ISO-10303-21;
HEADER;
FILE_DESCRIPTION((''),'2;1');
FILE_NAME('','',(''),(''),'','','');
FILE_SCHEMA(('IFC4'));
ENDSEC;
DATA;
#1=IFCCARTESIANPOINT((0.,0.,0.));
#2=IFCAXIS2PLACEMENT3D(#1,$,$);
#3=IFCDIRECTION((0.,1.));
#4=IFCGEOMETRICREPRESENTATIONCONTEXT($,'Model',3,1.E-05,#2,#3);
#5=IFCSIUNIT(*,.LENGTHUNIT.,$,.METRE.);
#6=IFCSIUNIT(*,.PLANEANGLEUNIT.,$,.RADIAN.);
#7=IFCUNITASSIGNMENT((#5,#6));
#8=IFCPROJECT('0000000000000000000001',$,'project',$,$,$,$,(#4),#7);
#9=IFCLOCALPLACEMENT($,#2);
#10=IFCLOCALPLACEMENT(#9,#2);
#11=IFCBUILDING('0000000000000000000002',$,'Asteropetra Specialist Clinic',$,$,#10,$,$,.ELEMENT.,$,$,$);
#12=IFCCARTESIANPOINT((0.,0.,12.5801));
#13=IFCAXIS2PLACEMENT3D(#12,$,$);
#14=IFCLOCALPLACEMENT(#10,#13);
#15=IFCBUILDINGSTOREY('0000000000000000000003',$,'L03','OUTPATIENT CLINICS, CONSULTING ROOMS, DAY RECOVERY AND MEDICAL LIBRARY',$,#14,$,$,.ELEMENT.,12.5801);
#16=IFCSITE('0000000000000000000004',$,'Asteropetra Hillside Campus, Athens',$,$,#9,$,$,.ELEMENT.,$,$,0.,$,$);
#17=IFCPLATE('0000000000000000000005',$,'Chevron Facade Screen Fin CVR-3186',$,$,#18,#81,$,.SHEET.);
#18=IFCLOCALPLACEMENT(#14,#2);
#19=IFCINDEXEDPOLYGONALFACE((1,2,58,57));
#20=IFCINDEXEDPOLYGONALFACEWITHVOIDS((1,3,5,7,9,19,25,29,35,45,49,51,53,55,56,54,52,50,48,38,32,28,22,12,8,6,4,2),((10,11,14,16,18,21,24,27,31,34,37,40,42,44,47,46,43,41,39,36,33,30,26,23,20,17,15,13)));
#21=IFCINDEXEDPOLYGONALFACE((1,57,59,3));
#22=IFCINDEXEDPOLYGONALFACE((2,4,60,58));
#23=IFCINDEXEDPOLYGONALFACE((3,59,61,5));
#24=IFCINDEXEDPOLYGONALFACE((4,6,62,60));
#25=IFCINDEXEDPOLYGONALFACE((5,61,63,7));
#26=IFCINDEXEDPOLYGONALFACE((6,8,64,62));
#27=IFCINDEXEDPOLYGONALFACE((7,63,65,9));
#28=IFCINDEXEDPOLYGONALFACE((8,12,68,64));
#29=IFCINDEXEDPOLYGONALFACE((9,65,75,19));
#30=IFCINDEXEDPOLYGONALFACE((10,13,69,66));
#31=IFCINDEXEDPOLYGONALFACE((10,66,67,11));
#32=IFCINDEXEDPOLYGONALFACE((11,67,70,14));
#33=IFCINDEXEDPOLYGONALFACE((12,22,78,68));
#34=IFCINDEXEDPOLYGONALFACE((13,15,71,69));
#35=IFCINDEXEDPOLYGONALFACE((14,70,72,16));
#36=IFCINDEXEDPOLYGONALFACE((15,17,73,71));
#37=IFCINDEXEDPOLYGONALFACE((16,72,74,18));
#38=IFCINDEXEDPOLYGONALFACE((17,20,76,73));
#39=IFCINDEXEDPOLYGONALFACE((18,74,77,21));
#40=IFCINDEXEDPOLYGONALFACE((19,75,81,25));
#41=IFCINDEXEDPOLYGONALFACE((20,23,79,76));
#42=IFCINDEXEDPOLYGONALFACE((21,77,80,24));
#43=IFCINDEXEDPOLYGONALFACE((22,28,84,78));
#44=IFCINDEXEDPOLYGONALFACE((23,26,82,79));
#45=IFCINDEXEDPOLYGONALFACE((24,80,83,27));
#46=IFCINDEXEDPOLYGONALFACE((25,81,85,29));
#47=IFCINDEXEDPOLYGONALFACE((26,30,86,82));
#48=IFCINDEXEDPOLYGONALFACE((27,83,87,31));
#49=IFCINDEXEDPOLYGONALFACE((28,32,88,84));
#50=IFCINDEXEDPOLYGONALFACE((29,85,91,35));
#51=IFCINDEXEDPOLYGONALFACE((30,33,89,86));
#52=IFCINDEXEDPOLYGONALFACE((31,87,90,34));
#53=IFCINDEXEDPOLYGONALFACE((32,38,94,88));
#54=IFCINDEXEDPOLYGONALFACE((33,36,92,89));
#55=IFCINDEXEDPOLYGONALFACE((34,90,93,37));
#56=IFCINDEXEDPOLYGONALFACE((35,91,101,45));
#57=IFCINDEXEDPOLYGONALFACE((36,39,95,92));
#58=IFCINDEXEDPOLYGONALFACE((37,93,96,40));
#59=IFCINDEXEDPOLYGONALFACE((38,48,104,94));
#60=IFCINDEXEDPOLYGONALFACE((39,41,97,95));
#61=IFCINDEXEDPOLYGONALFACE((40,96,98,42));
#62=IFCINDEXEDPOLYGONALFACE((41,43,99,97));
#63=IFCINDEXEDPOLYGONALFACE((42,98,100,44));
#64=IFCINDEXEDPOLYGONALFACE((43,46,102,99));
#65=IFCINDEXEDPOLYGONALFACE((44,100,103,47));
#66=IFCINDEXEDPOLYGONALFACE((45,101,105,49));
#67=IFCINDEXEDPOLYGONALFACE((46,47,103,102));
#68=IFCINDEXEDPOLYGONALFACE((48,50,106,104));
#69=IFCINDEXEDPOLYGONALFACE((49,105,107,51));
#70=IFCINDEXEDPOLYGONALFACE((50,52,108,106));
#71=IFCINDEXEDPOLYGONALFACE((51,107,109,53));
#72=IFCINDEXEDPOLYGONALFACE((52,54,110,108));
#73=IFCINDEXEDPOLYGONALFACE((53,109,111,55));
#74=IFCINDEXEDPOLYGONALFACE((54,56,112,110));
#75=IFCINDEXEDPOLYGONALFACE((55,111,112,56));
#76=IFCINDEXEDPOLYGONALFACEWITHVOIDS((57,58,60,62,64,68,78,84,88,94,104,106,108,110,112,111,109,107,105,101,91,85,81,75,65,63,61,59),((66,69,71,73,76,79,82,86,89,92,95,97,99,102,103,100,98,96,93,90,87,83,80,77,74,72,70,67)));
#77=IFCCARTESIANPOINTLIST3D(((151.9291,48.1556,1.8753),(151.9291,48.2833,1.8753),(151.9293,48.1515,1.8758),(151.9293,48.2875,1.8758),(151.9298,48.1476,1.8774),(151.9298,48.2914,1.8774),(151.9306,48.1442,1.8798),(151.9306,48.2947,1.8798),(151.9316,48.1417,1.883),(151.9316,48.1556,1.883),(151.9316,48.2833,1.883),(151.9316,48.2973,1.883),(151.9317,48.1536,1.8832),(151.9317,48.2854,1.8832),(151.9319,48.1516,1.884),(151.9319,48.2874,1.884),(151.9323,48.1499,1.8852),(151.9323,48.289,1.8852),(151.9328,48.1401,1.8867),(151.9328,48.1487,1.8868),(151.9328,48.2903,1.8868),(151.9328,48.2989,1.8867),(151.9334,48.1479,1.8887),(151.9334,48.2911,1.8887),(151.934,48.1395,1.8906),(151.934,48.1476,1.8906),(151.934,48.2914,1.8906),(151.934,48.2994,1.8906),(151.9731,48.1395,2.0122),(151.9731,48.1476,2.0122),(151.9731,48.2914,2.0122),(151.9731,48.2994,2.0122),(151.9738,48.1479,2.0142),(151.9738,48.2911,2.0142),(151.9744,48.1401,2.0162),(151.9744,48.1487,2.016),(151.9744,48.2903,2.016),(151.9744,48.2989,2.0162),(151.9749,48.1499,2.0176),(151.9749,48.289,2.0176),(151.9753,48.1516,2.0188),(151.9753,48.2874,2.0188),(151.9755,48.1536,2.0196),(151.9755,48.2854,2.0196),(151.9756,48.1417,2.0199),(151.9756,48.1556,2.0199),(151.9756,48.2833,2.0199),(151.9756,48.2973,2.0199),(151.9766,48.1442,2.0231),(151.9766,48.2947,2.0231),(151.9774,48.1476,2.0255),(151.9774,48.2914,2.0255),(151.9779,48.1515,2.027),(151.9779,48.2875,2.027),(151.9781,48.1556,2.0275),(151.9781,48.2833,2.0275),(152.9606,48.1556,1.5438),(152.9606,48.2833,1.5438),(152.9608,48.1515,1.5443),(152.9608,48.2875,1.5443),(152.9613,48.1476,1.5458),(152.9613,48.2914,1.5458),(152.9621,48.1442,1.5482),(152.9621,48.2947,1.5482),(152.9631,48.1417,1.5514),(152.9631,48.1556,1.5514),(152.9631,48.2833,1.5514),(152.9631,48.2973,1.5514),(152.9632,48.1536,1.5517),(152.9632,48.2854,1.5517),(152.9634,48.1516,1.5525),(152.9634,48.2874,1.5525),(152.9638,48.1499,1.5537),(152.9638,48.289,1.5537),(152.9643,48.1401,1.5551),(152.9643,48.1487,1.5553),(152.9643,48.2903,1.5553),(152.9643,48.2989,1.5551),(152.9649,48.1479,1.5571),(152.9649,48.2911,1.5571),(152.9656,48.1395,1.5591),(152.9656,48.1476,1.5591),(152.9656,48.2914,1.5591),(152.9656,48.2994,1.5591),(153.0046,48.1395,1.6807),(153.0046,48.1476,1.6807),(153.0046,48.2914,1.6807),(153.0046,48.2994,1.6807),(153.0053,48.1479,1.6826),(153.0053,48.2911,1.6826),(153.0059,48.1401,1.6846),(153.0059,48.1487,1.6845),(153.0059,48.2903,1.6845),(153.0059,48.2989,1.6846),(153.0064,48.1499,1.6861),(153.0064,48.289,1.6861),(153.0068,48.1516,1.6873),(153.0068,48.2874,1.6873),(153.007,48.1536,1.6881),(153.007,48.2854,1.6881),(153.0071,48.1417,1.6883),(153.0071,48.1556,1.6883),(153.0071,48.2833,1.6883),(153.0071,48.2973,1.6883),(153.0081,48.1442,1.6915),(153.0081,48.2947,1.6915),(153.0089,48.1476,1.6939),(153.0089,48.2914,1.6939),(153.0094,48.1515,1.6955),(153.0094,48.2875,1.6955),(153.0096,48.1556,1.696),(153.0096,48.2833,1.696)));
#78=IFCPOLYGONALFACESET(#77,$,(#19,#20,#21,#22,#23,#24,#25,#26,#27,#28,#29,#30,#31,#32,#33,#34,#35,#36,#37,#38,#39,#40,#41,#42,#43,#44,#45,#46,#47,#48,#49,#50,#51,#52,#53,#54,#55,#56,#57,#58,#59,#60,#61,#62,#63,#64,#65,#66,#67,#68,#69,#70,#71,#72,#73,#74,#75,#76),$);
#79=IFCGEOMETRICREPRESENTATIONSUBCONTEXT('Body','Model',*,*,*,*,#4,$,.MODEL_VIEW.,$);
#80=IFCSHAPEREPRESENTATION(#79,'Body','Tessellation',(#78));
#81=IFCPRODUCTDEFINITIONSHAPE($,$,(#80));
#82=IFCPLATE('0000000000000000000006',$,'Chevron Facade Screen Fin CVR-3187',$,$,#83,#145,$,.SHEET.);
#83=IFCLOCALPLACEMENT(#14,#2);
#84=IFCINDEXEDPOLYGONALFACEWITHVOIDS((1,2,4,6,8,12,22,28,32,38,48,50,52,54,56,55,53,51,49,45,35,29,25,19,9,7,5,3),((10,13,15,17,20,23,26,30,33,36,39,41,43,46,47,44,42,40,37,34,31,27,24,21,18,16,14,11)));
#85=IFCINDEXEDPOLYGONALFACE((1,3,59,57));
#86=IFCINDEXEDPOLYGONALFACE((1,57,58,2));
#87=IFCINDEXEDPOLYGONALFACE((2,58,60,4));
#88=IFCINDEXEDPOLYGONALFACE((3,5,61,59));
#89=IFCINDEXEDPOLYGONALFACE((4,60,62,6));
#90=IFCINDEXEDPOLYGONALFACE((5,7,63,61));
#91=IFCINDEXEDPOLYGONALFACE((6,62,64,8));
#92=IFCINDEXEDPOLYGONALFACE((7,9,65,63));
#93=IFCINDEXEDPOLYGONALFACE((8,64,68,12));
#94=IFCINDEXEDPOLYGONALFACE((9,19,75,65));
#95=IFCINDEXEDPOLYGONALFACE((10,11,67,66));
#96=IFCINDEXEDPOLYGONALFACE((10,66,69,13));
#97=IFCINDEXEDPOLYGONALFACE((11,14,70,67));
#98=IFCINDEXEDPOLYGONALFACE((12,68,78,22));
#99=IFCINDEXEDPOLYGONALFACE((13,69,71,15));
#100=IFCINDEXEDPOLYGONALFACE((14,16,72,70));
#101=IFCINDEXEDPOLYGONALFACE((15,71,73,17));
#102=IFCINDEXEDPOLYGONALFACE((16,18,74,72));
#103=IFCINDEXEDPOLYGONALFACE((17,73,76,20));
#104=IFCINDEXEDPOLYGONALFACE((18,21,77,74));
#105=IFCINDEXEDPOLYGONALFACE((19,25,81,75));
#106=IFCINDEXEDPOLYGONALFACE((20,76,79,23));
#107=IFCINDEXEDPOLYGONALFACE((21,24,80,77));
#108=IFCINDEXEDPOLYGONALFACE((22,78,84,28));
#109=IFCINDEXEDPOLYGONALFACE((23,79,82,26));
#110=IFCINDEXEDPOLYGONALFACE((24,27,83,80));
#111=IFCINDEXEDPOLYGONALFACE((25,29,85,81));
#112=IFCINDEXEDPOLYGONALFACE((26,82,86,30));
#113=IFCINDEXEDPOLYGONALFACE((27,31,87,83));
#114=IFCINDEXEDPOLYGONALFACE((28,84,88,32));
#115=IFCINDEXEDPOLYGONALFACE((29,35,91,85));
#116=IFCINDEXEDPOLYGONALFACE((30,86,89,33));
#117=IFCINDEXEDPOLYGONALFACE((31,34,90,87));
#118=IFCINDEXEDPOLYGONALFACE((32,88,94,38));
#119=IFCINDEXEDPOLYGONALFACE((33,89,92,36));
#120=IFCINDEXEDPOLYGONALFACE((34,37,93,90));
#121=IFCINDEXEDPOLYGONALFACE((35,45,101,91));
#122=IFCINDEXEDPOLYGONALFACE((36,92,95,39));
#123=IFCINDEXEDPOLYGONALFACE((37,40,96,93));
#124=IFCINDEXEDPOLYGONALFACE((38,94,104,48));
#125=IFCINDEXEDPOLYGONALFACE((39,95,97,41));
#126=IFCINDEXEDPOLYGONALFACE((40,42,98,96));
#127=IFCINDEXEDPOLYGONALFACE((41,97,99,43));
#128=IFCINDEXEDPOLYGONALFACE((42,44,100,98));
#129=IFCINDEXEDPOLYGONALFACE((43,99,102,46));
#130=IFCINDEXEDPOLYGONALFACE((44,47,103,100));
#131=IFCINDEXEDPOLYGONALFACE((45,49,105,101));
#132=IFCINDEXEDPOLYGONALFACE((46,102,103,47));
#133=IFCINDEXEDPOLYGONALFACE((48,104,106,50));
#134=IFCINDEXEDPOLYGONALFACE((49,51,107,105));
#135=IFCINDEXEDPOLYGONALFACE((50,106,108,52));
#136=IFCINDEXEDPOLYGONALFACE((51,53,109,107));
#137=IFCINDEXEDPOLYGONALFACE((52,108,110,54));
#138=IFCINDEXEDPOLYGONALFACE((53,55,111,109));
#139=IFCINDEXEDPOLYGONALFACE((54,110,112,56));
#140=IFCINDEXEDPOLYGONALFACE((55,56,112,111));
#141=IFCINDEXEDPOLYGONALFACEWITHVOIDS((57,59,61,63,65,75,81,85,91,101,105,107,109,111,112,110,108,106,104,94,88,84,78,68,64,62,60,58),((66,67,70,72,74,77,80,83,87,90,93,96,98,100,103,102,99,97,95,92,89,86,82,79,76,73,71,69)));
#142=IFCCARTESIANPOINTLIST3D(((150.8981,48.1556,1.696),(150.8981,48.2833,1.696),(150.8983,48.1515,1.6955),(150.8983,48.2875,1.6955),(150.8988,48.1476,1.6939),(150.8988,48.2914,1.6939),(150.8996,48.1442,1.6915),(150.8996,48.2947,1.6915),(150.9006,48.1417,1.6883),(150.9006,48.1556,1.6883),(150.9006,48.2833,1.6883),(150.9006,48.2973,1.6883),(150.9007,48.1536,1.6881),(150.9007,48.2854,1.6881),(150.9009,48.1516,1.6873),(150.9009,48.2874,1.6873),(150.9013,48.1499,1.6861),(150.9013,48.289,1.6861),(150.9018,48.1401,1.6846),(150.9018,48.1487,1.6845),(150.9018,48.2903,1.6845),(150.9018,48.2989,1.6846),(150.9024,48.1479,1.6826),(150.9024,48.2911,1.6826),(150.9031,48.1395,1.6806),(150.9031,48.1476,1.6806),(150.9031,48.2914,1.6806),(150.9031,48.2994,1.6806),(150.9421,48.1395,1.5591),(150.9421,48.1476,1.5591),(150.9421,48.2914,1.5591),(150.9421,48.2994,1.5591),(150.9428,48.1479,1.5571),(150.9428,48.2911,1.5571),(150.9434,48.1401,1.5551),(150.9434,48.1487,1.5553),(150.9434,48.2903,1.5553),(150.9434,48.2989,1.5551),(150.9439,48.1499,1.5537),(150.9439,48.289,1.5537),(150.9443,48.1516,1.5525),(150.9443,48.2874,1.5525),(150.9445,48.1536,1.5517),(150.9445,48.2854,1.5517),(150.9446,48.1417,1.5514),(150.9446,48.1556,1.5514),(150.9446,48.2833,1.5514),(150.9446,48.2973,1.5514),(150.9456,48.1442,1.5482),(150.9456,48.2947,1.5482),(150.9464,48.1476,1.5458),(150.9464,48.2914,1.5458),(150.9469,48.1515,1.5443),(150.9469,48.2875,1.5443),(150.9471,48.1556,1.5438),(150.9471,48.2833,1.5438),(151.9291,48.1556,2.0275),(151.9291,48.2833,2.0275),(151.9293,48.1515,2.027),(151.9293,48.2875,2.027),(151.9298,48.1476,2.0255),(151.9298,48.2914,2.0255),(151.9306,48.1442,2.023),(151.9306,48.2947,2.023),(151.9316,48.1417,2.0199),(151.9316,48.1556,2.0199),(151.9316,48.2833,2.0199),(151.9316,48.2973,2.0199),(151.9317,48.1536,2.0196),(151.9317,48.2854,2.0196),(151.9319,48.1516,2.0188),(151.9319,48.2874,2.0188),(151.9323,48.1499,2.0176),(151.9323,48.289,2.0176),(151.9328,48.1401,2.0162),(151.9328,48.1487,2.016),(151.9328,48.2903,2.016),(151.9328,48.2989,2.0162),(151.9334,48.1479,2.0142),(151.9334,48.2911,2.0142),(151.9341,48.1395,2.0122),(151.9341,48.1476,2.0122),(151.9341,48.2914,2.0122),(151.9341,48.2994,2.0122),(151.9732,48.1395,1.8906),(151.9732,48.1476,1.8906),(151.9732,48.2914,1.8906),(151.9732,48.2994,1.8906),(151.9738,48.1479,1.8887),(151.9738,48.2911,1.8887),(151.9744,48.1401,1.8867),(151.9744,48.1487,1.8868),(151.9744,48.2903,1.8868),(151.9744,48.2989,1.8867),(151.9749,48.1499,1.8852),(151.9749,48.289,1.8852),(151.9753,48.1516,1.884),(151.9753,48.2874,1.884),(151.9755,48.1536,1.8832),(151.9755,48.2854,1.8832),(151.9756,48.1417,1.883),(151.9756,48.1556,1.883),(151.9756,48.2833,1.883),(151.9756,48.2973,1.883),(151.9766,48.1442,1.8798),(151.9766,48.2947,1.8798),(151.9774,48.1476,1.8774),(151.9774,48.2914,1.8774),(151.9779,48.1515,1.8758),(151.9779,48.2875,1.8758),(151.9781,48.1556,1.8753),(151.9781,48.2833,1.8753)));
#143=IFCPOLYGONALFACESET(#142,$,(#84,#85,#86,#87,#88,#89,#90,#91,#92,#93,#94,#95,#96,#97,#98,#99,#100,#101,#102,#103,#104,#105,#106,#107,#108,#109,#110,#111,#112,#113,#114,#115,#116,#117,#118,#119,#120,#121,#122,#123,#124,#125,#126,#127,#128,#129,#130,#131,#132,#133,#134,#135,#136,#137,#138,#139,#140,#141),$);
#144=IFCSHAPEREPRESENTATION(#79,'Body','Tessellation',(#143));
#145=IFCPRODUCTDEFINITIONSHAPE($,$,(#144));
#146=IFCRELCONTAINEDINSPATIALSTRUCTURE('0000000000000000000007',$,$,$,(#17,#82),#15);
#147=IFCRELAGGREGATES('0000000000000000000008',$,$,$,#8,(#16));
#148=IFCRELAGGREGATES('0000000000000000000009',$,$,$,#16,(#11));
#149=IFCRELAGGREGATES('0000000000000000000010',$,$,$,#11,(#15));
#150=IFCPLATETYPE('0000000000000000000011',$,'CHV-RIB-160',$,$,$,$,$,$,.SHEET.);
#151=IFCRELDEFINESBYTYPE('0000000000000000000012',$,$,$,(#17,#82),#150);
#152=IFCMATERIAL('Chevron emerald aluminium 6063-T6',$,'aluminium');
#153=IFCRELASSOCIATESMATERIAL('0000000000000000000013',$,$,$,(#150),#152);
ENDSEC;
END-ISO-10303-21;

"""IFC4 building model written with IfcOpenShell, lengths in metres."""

from ifc_helpers import new_model, si_unit, direction, frame, origin, origin_2d, place, context, subcontext, project, spatial, hollow_rectangle, extrude, material, material_profile, profile_set, type_object, element, save


model = new_model("IFC4")

# Units and contexts
model_context = context("Model", 3, precision=1e-05, world=origin(), true_north=direction((0.0, 1.0)))
body_context = subcontext(model_context, "Body", "Model", "MODEL_VIEW")
ifc_project = project(units=[si_unit("LENGTHUNIT", "METRE"), si_unit("PLANEANGLEUNIT", "RADIAN")], contexts=[model_context])

# Site, building, storey
site_placement = place(None, origin())
site = spatial("IfcSite", under=ifc_project, at=site_placement, Name="Asteropetra Hillside Campus, Athens", CompositionType="ELEMENT", RefElevation=0.0)
building_placement = place(site_placement, origin())
building = spatial("IfcBuilding", under=site, at=building_placement, Name="Asteropetra Specialist Clinic", CompositionType="ELEMENT")
storey_placement = place(building_placement, frame((0.0, 0.0, 12.5801)))
storey = spatial("IfcBuildingStorey", under=building, at=storey_placement, Name="L03", Description="OUTPATIENT CLINICS, CONSULTING ROOMS, DAY RECOVERY AND MEDICAL LIBRARY", CompositionType="ELEMENT", Elevation=12.5801)

# Plates
ifc_material_1 = material(Name="Chevron emerald aluminium 6063-T6", Category="aluminium")
ifc_material_profile_1 = material_profile(ifc_material_1, hollow_rectangle(XDim=0.1599, YDim=0.1599, WallThickness=0.0081, InnerFilletRadius=0.0081, OuterFilletRadius=0.0161, at=origin_2d()), Name="SHS 160x160x8.0")
ifc_profile_set_1 = profile_set([ifc_material_profile_1], Name="Chevron emerald aluminium 6063-T6")
plate_type_1 = type_object("IfcPlateType", Name="CHV-RIB-160", PredefinedType="SHEET", material=ifc_profile_set_1)
plate_1_placement = place(storey_placement, frame((152.9851, 48.2195, 1.6199), z_axis=(-0.952031, 0.0, 0.306002), x_axis=(0.0, -1.0, 0.0)))
element("IfcPlate", 1, at=plate_1_placement, inside=storey, type_object=plate_type_1, Name="Chevron Facade Screen Fin CVR-3186", PredefinedType="SHEET", context=body_context, shape_type="SweptSolid", body=[
    extrude(hollow_rectangle(XDim=0.1599, YDim=0.1599, WallThickness=0.0081, InnerFilletRadius=0.0081, OuterFilletRadius=0.0161, at=origin_2d()), origin(), (0.0, 0.0, 1.0), 1.0835),
])
plate_2_placement = place(storey_placement, frame((151.9536, 48.2195, 1.9514), z_axis=(-0.951989, 0.0, -0.306133), x_axis=(0.0, -1.0, 0.0)))
element("IfcPlate", 2, at=plate_2_placement, inside=storey, type_object=plate_type_1, Name="Chevron Facade Screen Fin CVR-3187", PredefinedType="SHEET", context=body_context, shape_type="SweptSolid", body=[
    extrude(hollow_rectangle(XDim=0.1599, YDim=0.1599, WallThickness=0.0081, InnerFilletRadius=0.0081, OuterFilletRadius=0.0161, at=origin_2d()), origin(), (0.0, 0.0, 1.0), 1.083),
])

save(model, "model.ifc")
